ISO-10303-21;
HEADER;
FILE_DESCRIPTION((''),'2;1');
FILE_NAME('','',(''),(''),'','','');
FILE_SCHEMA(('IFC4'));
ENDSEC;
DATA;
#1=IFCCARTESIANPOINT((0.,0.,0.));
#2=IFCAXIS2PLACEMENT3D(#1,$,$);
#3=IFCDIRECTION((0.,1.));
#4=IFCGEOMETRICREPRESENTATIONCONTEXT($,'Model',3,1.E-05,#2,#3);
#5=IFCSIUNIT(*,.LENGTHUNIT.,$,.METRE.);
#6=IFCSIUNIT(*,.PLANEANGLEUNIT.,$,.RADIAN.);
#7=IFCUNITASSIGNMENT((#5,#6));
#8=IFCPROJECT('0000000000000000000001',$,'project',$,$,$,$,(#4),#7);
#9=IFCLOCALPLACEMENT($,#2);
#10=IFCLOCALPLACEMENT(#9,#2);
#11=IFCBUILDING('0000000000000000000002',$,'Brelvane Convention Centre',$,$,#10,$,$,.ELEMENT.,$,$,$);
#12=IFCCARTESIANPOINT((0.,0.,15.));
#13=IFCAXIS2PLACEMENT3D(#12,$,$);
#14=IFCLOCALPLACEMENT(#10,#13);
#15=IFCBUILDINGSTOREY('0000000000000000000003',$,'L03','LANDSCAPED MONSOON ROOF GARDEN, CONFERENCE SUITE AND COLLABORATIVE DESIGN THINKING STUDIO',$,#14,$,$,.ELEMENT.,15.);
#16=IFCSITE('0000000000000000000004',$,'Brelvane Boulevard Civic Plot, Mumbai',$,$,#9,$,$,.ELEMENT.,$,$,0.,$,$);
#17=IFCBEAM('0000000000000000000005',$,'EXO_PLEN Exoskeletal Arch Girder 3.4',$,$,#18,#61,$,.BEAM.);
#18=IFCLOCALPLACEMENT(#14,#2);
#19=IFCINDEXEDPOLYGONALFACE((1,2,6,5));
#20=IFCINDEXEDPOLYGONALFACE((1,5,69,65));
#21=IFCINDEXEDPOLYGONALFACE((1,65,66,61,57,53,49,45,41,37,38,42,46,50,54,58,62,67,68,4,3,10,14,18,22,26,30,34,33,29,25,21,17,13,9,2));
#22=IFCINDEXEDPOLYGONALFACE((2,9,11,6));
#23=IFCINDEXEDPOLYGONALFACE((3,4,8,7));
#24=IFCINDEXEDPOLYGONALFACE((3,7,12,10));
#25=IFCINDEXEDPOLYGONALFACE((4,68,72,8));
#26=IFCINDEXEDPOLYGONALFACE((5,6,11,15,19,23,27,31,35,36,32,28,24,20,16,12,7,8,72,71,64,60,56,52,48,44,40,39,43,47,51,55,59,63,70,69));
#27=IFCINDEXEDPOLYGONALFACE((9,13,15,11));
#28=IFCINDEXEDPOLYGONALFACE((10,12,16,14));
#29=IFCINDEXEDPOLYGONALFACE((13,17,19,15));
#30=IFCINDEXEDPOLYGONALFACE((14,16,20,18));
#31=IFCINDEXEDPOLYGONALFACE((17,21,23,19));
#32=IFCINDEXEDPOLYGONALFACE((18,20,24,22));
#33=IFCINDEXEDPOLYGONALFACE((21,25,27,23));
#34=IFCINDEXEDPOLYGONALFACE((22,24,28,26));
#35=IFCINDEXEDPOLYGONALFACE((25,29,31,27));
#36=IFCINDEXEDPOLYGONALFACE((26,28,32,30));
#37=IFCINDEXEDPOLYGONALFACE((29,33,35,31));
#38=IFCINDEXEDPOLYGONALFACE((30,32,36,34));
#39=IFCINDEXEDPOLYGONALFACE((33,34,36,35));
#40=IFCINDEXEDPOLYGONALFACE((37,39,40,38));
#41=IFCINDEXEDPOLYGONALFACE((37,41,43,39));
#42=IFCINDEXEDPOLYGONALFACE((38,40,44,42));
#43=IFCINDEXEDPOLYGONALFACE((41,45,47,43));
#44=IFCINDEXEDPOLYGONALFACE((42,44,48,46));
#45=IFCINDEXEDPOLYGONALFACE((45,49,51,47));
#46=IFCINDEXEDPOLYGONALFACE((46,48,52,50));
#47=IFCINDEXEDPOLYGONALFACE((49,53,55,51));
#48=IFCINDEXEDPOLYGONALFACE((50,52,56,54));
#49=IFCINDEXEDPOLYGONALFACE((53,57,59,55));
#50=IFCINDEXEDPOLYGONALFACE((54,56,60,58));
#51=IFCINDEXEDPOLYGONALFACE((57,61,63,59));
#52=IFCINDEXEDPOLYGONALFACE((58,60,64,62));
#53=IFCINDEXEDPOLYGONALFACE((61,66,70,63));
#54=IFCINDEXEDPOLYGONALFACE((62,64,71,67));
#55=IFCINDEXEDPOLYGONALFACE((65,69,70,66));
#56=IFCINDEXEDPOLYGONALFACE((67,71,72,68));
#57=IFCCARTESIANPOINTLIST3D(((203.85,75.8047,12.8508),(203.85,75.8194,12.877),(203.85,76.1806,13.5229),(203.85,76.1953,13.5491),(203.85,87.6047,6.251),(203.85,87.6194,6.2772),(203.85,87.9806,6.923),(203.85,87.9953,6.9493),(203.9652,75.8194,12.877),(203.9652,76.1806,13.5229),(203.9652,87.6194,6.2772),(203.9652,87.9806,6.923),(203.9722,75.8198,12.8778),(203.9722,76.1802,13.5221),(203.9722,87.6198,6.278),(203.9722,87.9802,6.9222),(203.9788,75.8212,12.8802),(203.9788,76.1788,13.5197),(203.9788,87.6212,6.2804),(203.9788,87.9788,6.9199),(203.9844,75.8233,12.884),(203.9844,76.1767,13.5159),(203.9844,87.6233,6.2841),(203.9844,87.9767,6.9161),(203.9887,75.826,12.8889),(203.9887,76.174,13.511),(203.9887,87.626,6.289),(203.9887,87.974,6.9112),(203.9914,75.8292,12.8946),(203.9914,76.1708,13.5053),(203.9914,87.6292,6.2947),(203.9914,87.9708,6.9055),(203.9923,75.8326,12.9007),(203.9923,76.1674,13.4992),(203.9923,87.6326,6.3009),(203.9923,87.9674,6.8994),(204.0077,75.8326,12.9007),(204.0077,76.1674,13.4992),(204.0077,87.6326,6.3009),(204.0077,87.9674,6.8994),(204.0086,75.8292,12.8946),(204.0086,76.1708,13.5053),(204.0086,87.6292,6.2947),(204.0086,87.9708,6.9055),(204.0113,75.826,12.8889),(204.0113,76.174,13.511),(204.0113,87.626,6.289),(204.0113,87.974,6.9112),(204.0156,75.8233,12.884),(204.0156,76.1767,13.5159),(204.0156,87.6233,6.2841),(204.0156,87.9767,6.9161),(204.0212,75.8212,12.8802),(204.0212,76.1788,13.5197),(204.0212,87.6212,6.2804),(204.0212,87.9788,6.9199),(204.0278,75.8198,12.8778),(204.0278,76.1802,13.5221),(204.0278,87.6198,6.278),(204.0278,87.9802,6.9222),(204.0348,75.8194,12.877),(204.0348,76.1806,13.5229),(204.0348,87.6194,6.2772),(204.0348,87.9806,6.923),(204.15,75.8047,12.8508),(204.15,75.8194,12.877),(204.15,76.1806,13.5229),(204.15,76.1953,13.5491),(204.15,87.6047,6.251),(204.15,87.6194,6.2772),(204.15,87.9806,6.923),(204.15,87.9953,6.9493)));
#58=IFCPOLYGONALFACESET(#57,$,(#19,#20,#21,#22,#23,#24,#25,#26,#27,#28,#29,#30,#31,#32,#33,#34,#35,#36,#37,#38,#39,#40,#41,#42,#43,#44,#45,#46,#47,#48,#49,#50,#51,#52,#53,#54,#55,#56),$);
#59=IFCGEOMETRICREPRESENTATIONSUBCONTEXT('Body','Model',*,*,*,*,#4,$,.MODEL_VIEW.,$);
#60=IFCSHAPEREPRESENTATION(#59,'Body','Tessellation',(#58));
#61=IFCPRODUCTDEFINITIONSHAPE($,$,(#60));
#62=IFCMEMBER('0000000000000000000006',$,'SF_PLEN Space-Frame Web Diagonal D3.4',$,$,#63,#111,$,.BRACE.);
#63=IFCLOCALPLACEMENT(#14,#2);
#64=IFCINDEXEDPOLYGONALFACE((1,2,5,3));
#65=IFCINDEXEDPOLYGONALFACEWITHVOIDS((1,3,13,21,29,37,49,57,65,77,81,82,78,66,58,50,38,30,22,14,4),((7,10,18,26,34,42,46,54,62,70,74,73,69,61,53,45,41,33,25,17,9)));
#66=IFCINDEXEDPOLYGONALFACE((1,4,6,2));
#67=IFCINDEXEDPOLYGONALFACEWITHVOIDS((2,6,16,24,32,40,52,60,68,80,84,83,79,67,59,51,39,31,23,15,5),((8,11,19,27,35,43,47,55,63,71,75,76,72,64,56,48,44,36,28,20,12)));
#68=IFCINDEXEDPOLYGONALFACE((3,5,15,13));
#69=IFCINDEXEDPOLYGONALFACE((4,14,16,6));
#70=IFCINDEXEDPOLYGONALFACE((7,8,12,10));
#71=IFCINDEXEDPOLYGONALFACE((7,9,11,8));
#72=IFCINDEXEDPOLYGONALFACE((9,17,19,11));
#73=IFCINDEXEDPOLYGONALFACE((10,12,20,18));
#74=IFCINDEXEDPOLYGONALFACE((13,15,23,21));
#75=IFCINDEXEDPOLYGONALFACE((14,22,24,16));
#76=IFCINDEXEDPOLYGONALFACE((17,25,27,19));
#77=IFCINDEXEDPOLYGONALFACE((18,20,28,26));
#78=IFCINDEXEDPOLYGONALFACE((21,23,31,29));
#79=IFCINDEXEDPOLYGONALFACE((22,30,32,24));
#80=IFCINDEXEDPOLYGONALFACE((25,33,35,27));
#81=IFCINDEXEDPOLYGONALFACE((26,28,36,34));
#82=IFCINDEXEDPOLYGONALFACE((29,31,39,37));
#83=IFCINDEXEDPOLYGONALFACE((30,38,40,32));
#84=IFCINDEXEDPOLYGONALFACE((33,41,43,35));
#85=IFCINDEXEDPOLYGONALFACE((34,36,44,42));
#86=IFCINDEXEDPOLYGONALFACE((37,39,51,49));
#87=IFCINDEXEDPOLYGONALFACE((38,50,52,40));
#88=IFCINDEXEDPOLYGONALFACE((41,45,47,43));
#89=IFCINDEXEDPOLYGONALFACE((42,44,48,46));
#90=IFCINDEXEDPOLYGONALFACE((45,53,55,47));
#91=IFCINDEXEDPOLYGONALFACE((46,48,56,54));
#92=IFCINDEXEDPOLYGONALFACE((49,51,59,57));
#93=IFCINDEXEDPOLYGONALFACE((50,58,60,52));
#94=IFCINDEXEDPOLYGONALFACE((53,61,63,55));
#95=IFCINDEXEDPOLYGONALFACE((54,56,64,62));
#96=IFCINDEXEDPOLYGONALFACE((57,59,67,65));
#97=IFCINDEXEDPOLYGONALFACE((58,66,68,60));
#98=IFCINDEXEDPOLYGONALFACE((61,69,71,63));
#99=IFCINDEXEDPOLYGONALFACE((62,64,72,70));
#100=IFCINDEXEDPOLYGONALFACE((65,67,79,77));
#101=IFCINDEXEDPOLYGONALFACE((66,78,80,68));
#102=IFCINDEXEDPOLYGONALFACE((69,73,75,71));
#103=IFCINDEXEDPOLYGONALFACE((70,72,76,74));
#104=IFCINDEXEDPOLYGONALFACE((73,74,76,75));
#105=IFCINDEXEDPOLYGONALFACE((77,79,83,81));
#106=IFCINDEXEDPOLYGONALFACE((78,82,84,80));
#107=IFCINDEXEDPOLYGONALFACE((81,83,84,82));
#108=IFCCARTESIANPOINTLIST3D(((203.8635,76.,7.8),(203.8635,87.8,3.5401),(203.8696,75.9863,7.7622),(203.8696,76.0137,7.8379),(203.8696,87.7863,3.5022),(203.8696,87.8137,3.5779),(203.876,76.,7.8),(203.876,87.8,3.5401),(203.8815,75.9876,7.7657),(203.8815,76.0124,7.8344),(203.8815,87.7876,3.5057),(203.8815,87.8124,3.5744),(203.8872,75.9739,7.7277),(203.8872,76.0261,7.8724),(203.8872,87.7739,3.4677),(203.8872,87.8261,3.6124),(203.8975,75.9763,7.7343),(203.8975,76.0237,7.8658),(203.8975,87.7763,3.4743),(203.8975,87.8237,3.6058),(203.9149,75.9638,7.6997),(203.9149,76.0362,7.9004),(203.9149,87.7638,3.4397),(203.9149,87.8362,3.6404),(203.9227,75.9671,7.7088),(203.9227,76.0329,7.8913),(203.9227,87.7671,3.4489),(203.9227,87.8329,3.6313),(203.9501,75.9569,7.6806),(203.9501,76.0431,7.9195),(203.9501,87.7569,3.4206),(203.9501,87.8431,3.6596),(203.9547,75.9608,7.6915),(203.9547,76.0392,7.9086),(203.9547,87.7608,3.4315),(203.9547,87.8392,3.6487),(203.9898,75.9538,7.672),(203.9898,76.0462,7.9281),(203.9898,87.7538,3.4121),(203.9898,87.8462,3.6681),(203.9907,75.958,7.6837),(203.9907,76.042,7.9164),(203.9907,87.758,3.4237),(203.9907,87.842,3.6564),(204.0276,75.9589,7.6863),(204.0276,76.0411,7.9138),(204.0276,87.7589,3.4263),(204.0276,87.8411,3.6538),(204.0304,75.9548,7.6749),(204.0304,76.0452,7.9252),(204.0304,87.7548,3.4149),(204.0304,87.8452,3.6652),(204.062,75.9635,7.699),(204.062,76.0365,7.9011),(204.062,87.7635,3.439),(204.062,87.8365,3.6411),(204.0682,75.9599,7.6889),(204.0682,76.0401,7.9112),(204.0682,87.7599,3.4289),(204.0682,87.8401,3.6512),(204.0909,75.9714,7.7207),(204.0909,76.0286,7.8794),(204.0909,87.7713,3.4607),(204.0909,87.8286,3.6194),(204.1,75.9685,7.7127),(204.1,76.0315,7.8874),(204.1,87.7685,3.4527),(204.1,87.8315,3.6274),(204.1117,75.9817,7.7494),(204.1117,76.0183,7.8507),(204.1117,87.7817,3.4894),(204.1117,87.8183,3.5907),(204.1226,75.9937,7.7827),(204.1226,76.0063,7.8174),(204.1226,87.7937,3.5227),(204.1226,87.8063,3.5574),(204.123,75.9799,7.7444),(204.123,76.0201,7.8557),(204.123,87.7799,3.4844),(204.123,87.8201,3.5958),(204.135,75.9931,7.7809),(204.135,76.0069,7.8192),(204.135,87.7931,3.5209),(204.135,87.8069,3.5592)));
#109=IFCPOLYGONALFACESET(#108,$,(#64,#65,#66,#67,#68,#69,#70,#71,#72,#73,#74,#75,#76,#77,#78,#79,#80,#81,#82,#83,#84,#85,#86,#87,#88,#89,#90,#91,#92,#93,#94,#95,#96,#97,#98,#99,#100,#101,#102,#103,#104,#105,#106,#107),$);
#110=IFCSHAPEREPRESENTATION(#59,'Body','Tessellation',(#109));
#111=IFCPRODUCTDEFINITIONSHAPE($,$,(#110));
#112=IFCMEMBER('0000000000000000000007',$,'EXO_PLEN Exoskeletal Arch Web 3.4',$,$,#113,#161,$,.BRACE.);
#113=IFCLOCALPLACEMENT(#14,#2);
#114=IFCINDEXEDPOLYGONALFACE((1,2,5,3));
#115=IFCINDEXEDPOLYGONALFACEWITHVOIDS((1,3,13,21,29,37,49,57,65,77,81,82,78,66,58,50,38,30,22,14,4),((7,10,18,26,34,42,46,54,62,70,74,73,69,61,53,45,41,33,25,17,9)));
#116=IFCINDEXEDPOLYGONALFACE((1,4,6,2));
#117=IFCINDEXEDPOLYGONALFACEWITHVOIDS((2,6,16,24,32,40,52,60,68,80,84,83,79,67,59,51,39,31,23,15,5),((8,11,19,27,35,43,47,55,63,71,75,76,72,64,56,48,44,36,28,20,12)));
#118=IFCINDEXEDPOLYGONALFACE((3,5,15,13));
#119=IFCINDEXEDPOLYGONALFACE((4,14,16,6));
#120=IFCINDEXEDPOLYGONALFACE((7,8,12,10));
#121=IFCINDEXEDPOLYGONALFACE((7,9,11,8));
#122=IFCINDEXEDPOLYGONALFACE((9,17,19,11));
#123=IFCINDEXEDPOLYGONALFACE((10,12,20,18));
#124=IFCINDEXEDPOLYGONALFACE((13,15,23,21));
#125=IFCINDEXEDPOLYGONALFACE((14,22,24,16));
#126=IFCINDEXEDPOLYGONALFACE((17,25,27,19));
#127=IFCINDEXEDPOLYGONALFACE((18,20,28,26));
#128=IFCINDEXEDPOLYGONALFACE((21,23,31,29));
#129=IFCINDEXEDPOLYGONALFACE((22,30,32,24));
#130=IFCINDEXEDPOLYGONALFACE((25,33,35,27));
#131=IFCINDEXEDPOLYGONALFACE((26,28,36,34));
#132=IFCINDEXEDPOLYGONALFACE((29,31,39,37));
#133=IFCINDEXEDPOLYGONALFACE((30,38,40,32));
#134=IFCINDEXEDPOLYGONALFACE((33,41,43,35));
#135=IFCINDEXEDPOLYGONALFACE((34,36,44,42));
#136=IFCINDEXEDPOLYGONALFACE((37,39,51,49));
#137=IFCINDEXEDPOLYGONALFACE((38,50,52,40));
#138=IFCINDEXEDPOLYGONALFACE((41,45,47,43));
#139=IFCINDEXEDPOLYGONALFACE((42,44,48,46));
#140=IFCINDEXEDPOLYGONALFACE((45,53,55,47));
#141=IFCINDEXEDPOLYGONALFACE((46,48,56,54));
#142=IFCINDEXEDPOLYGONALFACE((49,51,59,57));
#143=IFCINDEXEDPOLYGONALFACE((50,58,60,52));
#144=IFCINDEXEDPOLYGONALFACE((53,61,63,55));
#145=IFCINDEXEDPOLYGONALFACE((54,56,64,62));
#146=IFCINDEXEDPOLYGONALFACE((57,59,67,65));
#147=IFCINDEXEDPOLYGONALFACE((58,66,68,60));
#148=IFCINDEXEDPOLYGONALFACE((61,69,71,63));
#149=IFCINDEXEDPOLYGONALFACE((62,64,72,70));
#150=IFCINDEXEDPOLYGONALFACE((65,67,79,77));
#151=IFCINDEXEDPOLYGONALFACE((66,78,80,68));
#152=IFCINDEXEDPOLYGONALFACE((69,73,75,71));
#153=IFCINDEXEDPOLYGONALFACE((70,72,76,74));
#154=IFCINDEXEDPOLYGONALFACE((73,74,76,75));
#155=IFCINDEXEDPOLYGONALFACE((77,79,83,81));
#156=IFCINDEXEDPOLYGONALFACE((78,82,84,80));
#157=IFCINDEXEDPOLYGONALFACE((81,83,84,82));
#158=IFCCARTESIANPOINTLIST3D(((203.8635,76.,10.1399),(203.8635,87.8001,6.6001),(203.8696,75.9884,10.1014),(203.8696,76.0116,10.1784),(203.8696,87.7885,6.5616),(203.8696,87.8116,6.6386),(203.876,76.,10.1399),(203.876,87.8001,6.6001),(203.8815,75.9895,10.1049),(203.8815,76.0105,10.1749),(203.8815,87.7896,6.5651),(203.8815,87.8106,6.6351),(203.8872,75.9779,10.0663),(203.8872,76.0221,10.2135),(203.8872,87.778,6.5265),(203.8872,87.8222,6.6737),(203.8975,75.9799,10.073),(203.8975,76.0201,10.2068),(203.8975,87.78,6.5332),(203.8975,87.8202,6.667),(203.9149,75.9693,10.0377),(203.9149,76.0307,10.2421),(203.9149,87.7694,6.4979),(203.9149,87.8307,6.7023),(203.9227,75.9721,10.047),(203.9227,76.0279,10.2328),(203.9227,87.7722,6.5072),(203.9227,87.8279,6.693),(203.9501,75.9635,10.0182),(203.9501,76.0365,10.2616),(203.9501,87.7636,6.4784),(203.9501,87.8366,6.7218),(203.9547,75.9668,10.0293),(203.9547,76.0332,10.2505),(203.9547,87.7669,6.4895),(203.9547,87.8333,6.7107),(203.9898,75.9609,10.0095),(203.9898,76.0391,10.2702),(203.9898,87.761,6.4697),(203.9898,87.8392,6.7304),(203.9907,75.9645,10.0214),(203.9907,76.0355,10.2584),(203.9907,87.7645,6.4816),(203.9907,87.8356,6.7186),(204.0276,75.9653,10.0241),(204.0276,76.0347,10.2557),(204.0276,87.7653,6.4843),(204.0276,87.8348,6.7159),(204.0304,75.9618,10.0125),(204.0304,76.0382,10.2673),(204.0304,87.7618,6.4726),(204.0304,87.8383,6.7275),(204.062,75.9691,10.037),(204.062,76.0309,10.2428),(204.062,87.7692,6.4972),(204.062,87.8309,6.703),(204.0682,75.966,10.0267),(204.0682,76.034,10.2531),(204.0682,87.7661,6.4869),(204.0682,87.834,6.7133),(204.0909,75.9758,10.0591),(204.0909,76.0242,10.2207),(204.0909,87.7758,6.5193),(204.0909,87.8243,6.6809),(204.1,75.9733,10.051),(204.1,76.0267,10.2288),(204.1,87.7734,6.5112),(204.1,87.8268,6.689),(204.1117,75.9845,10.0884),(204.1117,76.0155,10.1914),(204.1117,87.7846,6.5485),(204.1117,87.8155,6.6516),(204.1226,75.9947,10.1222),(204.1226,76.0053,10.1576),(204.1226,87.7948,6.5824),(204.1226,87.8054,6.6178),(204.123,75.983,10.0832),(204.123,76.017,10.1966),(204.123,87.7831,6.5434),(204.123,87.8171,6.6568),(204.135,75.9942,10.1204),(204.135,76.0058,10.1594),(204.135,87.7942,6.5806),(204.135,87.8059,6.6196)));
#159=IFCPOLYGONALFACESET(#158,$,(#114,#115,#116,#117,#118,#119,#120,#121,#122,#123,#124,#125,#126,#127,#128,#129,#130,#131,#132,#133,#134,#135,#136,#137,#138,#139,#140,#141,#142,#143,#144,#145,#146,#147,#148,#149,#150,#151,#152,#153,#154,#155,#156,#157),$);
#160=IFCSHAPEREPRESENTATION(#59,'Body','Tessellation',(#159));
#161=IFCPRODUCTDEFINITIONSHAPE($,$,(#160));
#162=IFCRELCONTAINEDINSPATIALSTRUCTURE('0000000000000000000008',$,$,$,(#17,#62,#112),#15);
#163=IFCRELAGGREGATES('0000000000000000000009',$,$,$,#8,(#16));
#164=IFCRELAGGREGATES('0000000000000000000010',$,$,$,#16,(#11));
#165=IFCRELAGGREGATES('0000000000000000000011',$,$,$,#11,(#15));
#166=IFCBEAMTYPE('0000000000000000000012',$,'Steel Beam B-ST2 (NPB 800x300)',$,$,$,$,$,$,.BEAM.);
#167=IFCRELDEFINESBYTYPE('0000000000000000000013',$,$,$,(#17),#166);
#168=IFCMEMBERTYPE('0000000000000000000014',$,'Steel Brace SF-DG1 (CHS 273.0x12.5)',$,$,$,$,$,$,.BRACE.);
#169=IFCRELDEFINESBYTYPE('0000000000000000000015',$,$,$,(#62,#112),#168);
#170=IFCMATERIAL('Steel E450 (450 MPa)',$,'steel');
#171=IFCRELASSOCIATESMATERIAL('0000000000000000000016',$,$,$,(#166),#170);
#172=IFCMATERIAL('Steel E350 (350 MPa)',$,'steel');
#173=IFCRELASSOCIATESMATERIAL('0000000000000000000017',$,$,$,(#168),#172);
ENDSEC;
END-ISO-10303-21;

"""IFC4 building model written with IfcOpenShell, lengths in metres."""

from ifc_helpers import new_model, si_unit, direction, frame, origin, origin_2d, place, context, subcontext, project, spatial, hollow_circle, i_section, extrude, material, material_profile, profile_set, type_object, element, save


model = new_model("IFC4")

# Units and contexts
model_context = context("Model", 3, precision=1e-05, world=origin(), true_north=direction((0.0, 1.0)))
body_context = subcontext(model_context, "Body", "Model", "MODEL_VIEW")
ifc_project = project(units=[si_unit("LENGTHUNIT", "METRE"), si_unit("PLANEANGLEUNIT", "RADIAN")], contexts=[model_context])

# Site, building, storey
site_placement = place(None, origin())
site = spatial("IfcSite", under=ifc_project, at=site_placement, Name="Brelvane Boulevard Civic Plot, Mumbai", CompositionType="ELEMENT", RefElevation=0.0)
building_placement = place(site_placement, origin())
building = spatial("IfcBuilding", under=site, at=building_placement, Name="Brelvane Convention Centre", CompositionType="ELEMENT")
storey_placement = place(building_placement, frame((0.0, 0.0, 15.0)))
storey = spatial("IfcBuildingStorey", under=building, at=storey_placement, Name="L03", Description="LANDSCAPED MONSOON ROOF GARDEN, CONFERENCE SUITE AND COLLABORATIVE DESIGN THINKING STUDIO", CompositionType="ELEMENT", Elevation=15.0)

# Beam
ifc_material_1 = material(Name="Steel E450 (450 MPa)", Category="steel")
ifc_material_profile_1 = material_profile(ifc_material_1, i_section(OverallWidth=0.3, OverallDepth=0.8, WebThickness=0.0154, FlangeThickness=0.03, FilletRadius=0.0271, at=origin_2d()), Name="NPB 800x300")
ifc_profile_set_1 = profile_set([ifc_material_profile_1], Name="Steel E450 (450 MPa)")
beam_type_1 = type_object("IfcBeamType", Name="Steel Beam B-ST2 (NPB 800x300)", PredefinedType="BEAM", material=ifc_profile_set_1)
beam_1_placement = place(storey_placement, frame((204.0, 76.0, 13.2), z_axis=(0.0, 0.872764, -0.488143), x_axis=(-1.0, 0.0, 0.0)))
element("IfcBeam", 1, at=beam_1_placement, inside=storey, type_object=beam_type_1, Name="EXO_PLEN Exoskeletal Arch Girder 3.4", PredefinedType="BEAM", context=body_context, shape_type="SweptSolid", body=[
    extrude(i_section(OverallWidth=0.3, OverallDepth=0.8, WebThickness=0.0154, FlangeThickness=0.03, FilletRadius=0.0271, at=origin_2d()), origin(), (0.0, 0.0, 1.0), 13.5203),
])

# Members
ifc_material_2 = material(Name="Steel E350 (350 MPa)", Category="steel")
ifc_material_profile_2 = material_profile(ifc_material_2, hollow_circle(Radius=0.1365, WallThickness=0.0125, at=origin_2d()), Name="CHS 273.0x12.5")
ifc_profile_set_2 = profile_set([ifc_material_profile_2], Name="Steel E350 (350 MPa)")
member_type_1 = type_object("IfcMemberType", Name="Steel Brace SF-DG1 (CHS 273.0x12.5)", PredefinedType="BRACE", material=ifc_profile_set_2)
member_1_placement = place(storey_placement, frame((204.0, 76.0, 7.8), z_axis=(0.0, 0.940582, -0.339566), x_axis=(-1.0, 0.0, 0.0)))
element("IfcMember", 2, at=member_1_placement, inside=storey, type_object=member_type_1, Name="SF_PLEN Space-Frame Web Diagonal D3.4", PredefinedType="BRACE", context=body_context, shape_type="SweptSolid", body=[
    extrude(hollow_circle(Radius=0.1365, WallThickness=0.0125, at=origin_2d()), origin(), (0.0, 0.0, 1.0), 12.5454),
])
member_2_placement = place(storey_placement, frame((204.0, 76.0, 10.1399), z_axis=(0.0, 0.957831, -0.287332), x_axis=(-1.0, 0.0, 0.0)))
element("IfcMember", 3, at=member_2_placement, inside=storey, type_object=member_type_1, Name="EXO_PLEN Exoskeletal Arch Web 3.4", PredefinedType="BRACE", context=body_context, shape_type="SweptSolid", body=[
    extrude(hollow_circle(Radius=0.1365, WallThickness=0.0125, at=origin_2d()), origin(), (0.0, 0.0, 1.0), 12.3196),
])

save(model, "model.ifc")
